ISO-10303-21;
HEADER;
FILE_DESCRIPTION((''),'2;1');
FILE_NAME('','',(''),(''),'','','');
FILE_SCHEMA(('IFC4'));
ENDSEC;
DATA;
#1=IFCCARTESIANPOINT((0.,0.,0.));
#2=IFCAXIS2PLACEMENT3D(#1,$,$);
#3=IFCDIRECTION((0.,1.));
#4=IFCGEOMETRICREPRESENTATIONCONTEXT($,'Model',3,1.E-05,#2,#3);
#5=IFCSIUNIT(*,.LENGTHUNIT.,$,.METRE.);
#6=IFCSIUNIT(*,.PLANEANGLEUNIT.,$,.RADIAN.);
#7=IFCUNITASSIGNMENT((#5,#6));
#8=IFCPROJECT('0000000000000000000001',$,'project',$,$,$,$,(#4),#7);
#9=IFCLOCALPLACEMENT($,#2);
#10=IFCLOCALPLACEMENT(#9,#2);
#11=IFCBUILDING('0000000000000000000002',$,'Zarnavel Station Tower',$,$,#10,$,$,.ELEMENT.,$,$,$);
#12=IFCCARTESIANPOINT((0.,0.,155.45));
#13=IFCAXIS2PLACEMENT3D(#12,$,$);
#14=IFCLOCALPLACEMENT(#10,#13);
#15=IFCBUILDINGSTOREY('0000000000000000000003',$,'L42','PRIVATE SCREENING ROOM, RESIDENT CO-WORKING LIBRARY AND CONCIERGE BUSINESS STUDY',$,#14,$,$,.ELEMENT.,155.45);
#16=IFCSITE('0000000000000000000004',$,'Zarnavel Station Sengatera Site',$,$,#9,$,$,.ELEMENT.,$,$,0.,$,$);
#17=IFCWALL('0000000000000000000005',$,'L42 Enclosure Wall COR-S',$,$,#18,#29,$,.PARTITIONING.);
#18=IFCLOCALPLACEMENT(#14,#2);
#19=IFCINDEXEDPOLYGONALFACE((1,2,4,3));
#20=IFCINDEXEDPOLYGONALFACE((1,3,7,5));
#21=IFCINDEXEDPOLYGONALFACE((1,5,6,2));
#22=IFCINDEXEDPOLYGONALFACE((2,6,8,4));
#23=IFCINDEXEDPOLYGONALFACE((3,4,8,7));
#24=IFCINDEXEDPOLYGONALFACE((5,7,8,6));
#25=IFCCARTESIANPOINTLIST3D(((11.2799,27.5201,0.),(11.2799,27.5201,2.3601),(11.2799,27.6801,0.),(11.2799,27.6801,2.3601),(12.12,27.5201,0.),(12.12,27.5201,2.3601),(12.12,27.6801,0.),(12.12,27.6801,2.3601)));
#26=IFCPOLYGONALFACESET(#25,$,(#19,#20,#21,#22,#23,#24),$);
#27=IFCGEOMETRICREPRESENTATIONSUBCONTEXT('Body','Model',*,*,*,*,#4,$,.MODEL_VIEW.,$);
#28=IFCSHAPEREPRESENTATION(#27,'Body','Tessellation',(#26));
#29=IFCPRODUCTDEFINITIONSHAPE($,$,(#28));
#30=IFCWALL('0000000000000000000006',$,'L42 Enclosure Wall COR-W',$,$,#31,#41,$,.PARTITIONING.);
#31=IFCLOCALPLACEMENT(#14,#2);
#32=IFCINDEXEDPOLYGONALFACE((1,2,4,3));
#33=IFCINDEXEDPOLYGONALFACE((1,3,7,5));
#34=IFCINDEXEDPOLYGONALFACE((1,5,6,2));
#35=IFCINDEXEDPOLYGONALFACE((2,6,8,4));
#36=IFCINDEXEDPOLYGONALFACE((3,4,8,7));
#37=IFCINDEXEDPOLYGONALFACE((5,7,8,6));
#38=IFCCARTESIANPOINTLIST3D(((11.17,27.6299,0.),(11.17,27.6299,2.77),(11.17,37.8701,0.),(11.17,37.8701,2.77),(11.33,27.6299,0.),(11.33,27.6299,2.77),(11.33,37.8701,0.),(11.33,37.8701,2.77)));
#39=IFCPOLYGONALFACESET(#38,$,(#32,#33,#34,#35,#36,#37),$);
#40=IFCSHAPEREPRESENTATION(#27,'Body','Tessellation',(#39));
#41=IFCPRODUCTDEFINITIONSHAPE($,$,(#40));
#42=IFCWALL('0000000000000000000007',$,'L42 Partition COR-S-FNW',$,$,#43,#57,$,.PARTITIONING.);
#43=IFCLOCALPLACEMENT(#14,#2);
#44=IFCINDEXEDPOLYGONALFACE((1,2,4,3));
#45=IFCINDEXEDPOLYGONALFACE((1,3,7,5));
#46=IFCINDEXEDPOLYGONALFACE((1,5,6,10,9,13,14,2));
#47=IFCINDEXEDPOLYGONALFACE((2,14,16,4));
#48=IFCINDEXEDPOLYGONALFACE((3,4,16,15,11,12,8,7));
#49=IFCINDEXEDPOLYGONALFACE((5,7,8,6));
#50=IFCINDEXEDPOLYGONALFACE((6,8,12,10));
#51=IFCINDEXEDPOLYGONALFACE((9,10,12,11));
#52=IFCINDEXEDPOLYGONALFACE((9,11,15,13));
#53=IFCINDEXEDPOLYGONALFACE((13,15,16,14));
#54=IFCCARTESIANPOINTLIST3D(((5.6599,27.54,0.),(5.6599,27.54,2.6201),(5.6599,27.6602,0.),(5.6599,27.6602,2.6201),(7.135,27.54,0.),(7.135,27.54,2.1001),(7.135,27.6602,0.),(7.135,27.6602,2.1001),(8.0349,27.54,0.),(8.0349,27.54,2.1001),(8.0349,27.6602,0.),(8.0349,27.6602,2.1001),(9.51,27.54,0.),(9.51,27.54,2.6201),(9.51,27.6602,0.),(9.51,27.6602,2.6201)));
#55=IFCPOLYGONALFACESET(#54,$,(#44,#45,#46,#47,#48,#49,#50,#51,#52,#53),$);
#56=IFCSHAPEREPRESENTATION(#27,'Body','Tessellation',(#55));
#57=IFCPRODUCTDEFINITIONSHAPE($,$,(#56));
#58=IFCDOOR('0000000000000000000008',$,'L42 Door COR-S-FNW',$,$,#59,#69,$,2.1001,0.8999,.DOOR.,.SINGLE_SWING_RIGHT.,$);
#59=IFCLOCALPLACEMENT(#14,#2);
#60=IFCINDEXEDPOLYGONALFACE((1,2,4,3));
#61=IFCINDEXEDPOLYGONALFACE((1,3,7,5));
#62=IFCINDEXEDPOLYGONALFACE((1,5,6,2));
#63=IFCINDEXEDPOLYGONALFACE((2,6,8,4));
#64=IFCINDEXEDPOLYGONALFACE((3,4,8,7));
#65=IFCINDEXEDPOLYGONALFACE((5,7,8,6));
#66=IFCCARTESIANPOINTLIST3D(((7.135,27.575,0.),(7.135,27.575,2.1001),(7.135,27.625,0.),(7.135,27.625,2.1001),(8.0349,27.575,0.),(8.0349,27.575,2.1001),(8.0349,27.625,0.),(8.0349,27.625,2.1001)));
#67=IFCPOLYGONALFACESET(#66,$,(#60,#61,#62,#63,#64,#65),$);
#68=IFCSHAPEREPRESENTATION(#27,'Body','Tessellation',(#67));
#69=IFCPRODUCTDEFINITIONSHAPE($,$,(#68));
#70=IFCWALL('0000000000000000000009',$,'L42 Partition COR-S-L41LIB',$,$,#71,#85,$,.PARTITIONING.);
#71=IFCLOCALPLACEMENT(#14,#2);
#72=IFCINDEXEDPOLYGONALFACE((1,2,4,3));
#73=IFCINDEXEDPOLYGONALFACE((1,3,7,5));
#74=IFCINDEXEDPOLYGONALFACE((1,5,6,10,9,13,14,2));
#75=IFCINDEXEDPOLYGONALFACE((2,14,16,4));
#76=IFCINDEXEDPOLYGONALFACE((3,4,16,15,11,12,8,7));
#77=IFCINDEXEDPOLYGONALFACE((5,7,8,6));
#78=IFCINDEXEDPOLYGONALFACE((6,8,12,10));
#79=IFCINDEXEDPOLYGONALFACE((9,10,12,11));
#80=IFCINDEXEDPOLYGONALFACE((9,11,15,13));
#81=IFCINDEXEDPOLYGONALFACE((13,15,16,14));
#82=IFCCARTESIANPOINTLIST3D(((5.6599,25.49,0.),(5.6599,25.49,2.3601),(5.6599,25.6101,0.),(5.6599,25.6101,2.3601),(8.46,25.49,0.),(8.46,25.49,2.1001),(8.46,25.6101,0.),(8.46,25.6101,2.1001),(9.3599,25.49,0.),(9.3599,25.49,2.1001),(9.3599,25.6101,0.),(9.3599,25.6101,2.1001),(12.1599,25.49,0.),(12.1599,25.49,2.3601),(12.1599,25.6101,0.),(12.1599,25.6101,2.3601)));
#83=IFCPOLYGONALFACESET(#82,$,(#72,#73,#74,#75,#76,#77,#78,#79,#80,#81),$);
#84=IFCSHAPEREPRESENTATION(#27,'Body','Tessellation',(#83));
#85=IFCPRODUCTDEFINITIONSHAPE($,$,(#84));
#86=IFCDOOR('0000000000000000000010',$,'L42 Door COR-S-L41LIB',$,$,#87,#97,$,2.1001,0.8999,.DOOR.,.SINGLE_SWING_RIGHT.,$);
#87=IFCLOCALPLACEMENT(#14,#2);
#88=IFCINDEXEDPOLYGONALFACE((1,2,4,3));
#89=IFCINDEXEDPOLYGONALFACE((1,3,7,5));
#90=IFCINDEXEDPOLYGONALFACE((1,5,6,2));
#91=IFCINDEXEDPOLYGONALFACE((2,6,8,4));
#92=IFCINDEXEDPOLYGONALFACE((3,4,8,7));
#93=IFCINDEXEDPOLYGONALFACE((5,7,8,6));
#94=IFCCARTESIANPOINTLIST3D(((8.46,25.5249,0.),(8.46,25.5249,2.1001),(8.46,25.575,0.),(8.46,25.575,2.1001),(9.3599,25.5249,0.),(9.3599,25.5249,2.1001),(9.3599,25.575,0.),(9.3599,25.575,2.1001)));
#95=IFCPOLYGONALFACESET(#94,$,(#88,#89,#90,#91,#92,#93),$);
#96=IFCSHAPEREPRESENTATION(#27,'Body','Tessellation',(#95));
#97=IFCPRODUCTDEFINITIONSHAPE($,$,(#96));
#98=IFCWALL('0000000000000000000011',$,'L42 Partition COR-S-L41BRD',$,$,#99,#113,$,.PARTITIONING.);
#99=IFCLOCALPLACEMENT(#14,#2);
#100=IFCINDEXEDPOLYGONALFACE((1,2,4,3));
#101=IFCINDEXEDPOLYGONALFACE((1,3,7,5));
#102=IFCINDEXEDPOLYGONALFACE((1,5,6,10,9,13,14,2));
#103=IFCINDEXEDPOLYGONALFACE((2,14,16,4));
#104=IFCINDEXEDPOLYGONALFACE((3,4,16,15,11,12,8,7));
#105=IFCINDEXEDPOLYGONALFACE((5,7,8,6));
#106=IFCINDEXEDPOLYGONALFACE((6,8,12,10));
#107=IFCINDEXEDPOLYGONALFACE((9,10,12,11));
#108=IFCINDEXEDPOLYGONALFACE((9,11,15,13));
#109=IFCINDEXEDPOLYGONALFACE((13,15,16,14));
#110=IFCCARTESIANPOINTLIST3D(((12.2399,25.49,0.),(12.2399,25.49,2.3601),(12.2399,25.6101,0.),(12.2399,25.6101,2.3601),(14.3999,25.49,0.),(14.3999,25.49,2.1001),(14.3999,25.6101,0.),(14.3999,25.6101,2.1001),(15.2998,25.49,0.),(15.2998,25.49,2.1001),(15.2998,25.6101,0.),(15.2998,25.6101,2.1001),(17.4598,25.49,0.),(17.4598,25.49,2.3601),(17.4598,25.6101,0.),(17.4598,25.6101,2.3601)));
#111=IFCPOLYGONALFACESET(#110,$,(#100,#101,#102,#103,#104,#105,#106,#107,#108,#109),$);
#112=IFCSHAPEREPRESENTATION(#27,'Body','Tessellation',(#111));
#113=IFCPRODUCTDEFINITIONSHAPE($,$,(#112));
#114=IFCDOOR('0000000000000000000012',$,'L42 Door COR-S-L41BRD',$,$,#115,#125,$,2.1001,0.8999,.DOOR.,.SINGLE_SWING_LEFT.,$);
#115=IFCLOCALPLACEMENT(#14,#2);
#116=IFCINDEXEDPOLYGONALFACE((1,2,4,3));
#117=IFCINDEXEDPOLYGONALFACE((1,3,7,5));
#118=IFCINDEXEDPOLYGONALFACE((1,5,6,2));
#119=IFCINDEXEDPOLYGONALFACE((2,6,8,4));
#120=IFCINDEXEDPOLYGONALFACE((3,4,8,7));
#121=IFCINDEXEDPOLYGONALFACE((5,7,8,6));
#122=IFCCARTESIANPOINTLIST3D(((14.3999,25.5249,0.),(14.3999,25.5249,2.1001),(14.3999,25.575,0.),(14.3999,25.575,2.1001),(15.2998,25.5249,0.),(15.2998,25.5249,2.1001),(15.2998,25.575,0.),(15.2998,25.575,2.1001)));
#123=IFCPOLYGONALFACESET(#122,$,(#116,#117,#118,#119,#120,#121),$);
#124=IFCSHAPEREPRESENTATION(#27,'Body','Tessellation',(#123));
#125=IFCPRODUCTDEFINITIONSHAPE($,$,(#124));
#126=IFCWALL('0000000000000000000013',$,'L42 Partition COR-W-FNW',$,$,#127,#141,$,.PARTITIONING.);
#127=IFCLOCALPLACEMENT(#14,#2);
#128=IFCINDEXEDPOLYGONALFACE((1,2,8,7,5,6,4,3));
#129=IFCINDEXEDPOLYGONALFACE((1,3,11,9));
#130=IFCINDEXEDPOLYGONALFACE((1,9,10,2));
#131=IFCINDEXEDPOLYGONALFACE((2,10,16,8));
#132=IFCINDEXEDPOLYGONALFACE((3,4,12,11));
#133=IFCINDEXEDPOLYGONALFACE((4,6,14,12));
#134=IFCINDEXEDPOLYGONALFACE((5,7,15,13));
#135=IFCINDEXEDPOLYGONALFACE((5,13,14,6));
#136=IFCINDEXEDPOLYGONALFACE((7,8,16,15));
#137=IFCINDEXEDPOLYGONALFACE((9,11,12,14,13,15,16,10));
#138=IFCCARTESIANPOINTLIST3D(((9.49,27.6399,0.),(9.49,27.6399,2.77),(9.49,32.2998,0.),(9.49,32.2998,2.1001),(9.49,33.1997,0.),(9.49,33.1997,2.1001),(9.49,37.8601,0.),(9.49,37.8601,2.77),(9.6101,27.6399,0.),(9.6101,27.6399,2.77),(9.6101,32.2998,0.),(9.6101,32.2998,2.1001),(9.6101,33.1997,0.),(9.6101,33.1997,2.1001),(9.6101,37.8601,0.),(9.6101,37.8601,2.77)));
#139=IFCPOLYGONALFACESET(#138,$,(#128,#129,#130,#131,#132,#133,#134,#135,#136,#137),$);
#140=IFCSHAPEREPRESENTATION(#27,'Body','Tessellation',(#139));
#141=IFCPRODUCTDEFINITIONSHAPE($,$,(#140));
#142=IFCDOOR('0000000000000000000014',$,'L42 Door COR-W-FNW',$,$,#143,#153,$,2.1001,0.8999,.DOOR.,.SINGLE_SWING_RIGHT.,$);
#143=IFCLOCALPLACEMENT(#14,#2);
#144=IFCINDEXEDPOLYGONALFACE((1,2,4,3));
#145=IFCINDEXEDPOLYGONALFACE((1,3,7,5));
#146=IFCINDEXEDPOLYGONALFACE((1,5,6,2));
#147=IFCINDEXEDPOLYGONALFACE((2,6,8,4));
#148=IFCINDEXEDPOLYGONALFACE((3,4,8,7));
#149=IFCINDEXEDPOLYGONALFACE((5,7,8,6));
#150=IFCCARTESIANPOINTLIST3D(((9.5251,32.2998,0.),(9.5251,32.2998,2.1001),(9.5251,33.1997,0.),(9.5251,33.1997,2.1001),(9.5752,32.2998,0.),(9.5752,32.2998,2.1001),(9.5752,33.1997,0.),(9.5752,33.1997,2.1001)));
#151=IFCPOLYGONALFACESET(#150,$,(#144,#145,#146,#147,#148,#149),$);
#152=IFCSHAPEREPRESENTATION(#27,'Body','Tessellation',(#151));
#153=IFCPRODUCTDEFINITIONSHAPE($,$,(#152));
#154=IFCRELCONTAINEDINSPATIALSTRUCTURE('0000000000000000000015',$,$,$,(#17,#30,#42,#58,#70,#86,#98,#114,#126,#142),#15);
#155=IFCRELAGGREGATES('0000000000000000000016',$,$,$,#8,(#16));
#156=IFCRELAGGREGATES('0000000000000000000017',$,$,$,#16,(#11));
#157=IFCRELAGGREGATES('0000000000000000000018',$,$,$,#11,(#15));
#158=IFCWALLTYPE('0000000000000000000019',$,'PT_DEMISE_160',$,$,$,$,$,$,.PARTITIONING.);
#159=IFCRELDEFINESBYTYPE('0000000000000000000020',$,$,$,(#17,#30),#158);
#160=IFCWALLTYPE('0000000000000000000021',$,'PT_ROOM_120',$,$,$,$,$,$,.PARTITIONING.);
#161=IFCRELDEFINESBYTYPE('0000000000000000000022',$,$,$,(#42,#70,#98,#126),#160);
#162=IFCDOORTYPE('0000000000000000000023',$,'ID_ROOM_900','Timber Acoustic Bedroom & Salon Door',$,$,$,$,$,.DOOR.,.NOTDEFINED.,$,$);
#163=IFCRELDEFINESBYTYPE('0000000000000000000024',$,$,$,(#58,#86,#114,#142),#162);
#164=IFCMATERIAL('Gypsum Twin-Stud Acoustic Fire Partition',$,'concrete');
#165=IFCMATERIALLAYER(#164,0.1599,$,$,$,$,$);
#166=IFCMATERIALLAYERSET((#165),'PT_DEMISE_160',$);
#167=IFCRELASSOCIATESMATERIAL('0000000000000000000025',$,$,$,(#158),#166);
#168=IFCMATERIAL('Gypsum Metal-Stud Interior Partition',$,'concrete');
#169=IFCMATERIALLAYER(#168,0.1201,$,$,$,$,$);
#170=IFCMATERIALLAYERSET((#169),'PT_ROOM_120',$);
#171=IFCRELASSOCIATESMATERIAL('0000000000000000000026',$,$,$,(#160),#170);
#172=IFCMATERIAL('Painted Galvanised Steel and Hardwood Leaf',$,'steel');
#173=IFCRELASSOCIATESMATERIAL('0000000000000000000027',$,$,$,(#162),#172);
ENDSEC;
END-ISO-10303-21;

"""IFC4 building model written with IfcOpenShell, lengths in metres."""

from ifc_helpers import new_model, si_unit, direction, frame, frame_2d, origin, place, context, subcontext, project, spatial, rectangle, extrude, material, layer, layer_set, type_object, element, fill, save


model = new_model("IFC4")

# Units and contexts
model_context = context("Model", 3, precision=1e-05, world=origin(), true_north=direction((0.0, 1.0)))
body_context = subcontext(model_context, "Body", "Model", "MODEL_VIEW")
ifc_project = project(units=[si_unit("LENGTHUNIT", "METRE"), si_unit("PLANEANGLEUNIT", "RADIAN")], contexts=[model_context])

# Site, building, storey
site_placement = place(None, origin())
site = spatial("IfcSite", under=ifc_project, at=site_placement, Name="Zarnavel Station Sengatera Site", CompositionType="ELEMENT", RefElevation=0.0)
building_placement = place(site_placement, origin())
building = spatial("IfcBuilding", under=site, at=building_placement, Name="Zarnavel Station Tower", CompositionType="ELEMENT")
storey_placement = place(building_placement, frame((0.0, 0.0, 155.45)))
storey = spatial("IfcBuildingStorey", under=building, at=storey_placement, Name="L42", Description="PRIVATE SCREENING ROOM, RESIDENT CO-WORKING LIBRARY AND CONCIERGE BUSINESS STUDY", CompositionType="ELEMENT", Elevation=155.45)

# Walls
ifc_material_1 = material(Name="Gypsum Twin-Stud Acoustic Fire Partition", Category="concrete")
ifc_layer_1 = layer(ifc_material_1, 0.1599)
ifc_layer_set_1 = layer_set([ifc_layer_1], Name="PT_DEMISE_160")
wall_type_1 = type_object("IfcWallType", Name="PT_DEMISE_160", PredefinedType="PARTITIONING", material=ifc_layer_set_1)
wall_1_placement = place(storey_placement, frame((11.28, 27.6001, 0.0), z_axis=(0.0, 0.0, 1.0), x_axis=(1.0, 0.0, 0.0)))
element("IfcWall", 1, at=wall_1_placement, inside=storey, type_object=wall_type_1, Name="L42 Enclosure Wall COR-S", PredefinedType="PARTITIONING", context=body_context, shape_type="SweptSolid", body=[
    extrude(rectangle(XDim=0.8401, YDim=0.1599, at=frame_2d((0.4199, 0.0))), origin(), (0.0, 0.0, 1.0), 2.3601),
])
wall_2_placement = place(storey_placement, frame((11.25, 27.6299, 0.0), z_axis=(0.0, 0.0, 1.0), x_axis=(0.0, 1.0, 0.0)))
element("IfcWall", 2, at=wall_2_placement, inside=storey, type_object=wall_type_1, Name="L42 Enclosure Wall COR-W", PredefinedType="PARTITIONING", context=body_context, shape_type="SweptSolid", body=[
    extrude(rectangle(XDim=10.2402, YDim=0.1599, at=frame_2d((5.1201, 0.0))), origin(), (0.0, 0.0, 1.0), 2.77),
])

# Walls, openings, doors
ifc_material_2 = material(Name="Gypsum Metal-Stud Interior Partition", Category="concrete")
ifc_layer_2 = layer(ifc_material_2, 0.1201)
ifc_layer_set_2 = layer_set([ifc_layer_2], Name="PT_ROOM_120")
wall_type_2 = type_object("IfcWallType", Name="PT_ROOM_120", PredefinedType="PARTITIONING", material=ifc_layer_set_2)
wall_3_placement = place(storey_placement, frame((5.6599, 27.6001, 0.0), z_axis=(0.0, 0.0, 1.0), x_axis=(1.0, 0.0, 0.0)))
wall_3 = element("IfcWall", 3, at=wall_3_placement, inside=storey, type_object=wall_type_2, Name="L42 Partition COR-S-FNW", PredefinedType="PARTITIONING", context=body_context, shape_type="SweptSolid", body=[
    extrude(rectangle(XDim=3.8501, YDim=0.1201, at=frame_2d((1.925, 0.0))), origin(), (0.0, 0.0, 1.0), 2.6201),
])
opening_1_placement = place(wall_3_placement, frame((1.4751, 0.0, 0.0)))
opening_1 = element("IfcOpeningElement", 4, at=opening_1_placement, cuts=wall_3, PredefinedType="OPENING", context=body_context, shape_type="SweptSolid", body=[
    extrude(rectangle(XDim=0.8999, YDim=2.1001, at=frame_2d((0.45, 1.05))), frame((0.0, 0.0701, 0.0), z_axis=(0.0, -1.0, 0.0), x_axis=(1.0, 0.0, 0.0)), (0.0, 0.0, 1.0), 0.1401),
])
ifc_material_3 = material(Name="Painted Galvanised Steel and Hardwood Leaf", Category="steel")
door_type = type_object("IfcDoorType", Name="ID_ROOM_900", Description="Timber Acoustic Bedroom & Salon Door", OperationType="NOTDEFINED", PredefinedType="DOOR", material=ifc_material_3)
door_1_placement = place(opening_1_placement, origin())
door_1 = element("IfcDoor", 5, at=door_1_placement, inside=storey, type_object=door_type, Name="L42 Door COR-S-FNW", OperationType="SINGLE_SWING_RIGHT", OverallHeight=2.1001, OverallWidth=0.8999, PredefinedType="DOOR", context=body_context, shape_type="SweptSolid", body=[
    extrude(rectangle(XDim=0.8999, YDim=2.1001, at=frame_2d((0.45, 1.05))), frame((0.0, 0.0249, 0.0), z_axis=(0.0, -1.0, 0.0), x_axis=(1.0, 0.0, 0.0)), (0.0, 0.0, 1.0), 0.05),
])
fill(opening_1, door_1)
wall_4_placement = place(storey_placement, frame((5.6599, 25.55, 0.0), z_axis=(0.0, 0.0, 1.0), x_axis=(1.0, 0.0, 0.0)))
wall_4 = element("IfcWall", 6, at=wall_4_placement, inside=storey, type_object=wall_type_2, Name="L42 Partition COR-S-L41LIB", PredefinedType="PARTITIONING", context=body_context, shape_type="SweptSolid", body=[
    extrude(rectangle(XDim=6.5, YDim=0.1201, at=frame_2d((3.25, 0.0))), origin(), (0.0, 0.0, 1.0), 2.3601),
])
opening_2_placement = place(wall_4_placement, frame((2.8, 0.0, 0.0)))
opening_2 = element("IfcOpeningElement", 7, at=opening_2_placement, cuts=wall_4, PredefinedType="OPENING", context=body_context, shape_type="SweptSolid", body=[
    extrude(rectangle(XDim=0.8999, YDim=2.1001, at=frame_2d((0.45, 1.05))), frame((0.0, 0.0701, 0.0), z_axis=(0.0, -1.0, 0.0), x_axis=(1.0, 0.0, 0.0)), (0.0, 0.0, 1.0), 0.1401),
])
door_2_placement = place(opening_2_placement, origin())
door_2 = element("IfcDoor", 8, at=door_2_placement, inside=storey, type_object=door_type, Name="L42 Door COR-S-L41LIB", OperationType="SINGLE_SWING_RIGHT", OverallHeight=2.1001, OverallWidth=0.8999, PredefinedType="DOOR", context=body_context, shape_type="SweptSolid", body=[
    extrude(rectangle(XDim=0.8999, YDim=2.1001, at=frame_2d((0.45, 1.05))), frame((0.0, 0.0249, 0.0), z_axis=(0.0, -1.0, 0.0), x_axis=(1.0, 0.0, 0.0)), (0.0, 0.0, 1.0), 0.05),
])
fill(opening_2, door_2)
wall_5_placement = place(storey_placement, frame((12.24, 25.55, 0.0), z_axis=(0.0, 0.0, 1.0), x_axis=(1.0, 0.0, 0.0)))
wall_5 = element("IfcWall", 9, at=wall_5_placement, inside=storey, type_object=wall_type_2, Name="L42 Partition COR-S-L41BRD", PredefinedType="PARTITIONING", context=body_context, shape_type="SweptSolid", body=[
    extrude(rectangle(XDim=5.22, YDim=0.1201, at=frame_2d((2.6099, 0.0))), origin(), (0.0, 0.0, 1.0), 2.3601),
])
opening_3_placement = place(wall_5_placement, frame((2.1599, 0.0, 0.0)))
opening_3 = element("IfcOpeningElement", 10, at=opening_3_placement, cuts=wall_5, PredefinedType="OPENING", context=body_context, shape_type="SweptSolid", body=[
    extrude(rectangle(XDim=0.8999, YDim=2.1001, at=frame_2d((0.45, 1.05))), frame((0.0, 0.0701, 0.0), z_axis=(0.0, -1.0, 0.0), x_axis=(1.0, 0.0, 0.0)), (0.0, 0.0, 1.0), 0.1401),
])
door_3_placement = place(opening_3_placement, origin())
door_3 = element("IfcDoor", 11, at=door_3_placement, inside=storey, type_object=door_type, Name="L42 Door COR-S-L41BRD", OperationType="SINGLE_SWING_LEFT", OverallHeight=2.1001, OverallWidth=0.8999, PredefinedType="DOOR", context=body_context, shape_type="SweptSolid", body=[
    extrude(rectangle(XDim=0.8999, YDim=2.1001, at=frame_2d((0.45, 1.05))), frame((0.0, 0.0249, 0.0), z_axis=(0.0, -1.0, 0.0), x_axis=(1.0, 0.0, 0.0)), (0.0, 0.0, 1.0), 0.05),
])
fill(opening_3, door_3)
wall_6_placement = place(storey_placement, frame((9.55, 27.6399, 0.0), z_axis=(0.0, 0.0, 1.0), x_axis=(0.0, 1.0, 0.0)))
wall_6 = element("IfcWall", 12, at=wall_6_placement, inside=storey, type_object=wall_type_2, Name="L42 Partition COR-W-FNW", PredefinedType="PARTITIONING", context=body_context, shape_type="SweptSolid", body=[
    extrude(rectangle(XDim=10.2202, YDim=0.1201, at=frame_2d((5.1101, 0.0))), origin(), (0.0, 0.0, 1.0), 2.77),
])
opening_4_placement = place(wall_6_placement, frame((4.6599, 0.0, 0.0)))
opening_4 = element("IfcOpeningElement", 13, at=opening_4_placement, cuts=wall_6, PredefinedType="OPENING", context=body_context, shape_type="SweptSolid", body=[
    extrude(rectangle(XDim=0.8999, YDim=2.1001, at=frame_2d((0.45, 1.05))), frame((0.0, 0.0701, 0.0), z_axis=(0.0, -1.0, 0.0), x_axis=(1.0, 0.0, 0.0)), (0.0, 0.0, 1.0), 0.1401),
])
door_4_placement = place(opening_4_placement, origin())
door_4 = element("IfcDoor", 14, at=door_4_placement, inside=storey, type_object=door_type, Name="L42 Door COR-W-FNW", OperationType="SINGLE_SWING_RIGHT", OverallHeight=2.1001, OverallWidth=0.8999, PredefinedType="DOOR", context=body_context, shape_type="SweptSolid", body=[
    extrude(rectangle(XDim=0.8999, YDim=2.1001, at=frame_2d((0.45, 1.05))), frame((0.0, 0.0249, 0.0), z_axis=(0.0, -1.0, 0.0), x_axis=(1.0, 0.0, 0.0)), (0.0, 0.0, 1.0), 0.05),
])
fill(opening_4, door_4)

save(model, "model.ifc")
